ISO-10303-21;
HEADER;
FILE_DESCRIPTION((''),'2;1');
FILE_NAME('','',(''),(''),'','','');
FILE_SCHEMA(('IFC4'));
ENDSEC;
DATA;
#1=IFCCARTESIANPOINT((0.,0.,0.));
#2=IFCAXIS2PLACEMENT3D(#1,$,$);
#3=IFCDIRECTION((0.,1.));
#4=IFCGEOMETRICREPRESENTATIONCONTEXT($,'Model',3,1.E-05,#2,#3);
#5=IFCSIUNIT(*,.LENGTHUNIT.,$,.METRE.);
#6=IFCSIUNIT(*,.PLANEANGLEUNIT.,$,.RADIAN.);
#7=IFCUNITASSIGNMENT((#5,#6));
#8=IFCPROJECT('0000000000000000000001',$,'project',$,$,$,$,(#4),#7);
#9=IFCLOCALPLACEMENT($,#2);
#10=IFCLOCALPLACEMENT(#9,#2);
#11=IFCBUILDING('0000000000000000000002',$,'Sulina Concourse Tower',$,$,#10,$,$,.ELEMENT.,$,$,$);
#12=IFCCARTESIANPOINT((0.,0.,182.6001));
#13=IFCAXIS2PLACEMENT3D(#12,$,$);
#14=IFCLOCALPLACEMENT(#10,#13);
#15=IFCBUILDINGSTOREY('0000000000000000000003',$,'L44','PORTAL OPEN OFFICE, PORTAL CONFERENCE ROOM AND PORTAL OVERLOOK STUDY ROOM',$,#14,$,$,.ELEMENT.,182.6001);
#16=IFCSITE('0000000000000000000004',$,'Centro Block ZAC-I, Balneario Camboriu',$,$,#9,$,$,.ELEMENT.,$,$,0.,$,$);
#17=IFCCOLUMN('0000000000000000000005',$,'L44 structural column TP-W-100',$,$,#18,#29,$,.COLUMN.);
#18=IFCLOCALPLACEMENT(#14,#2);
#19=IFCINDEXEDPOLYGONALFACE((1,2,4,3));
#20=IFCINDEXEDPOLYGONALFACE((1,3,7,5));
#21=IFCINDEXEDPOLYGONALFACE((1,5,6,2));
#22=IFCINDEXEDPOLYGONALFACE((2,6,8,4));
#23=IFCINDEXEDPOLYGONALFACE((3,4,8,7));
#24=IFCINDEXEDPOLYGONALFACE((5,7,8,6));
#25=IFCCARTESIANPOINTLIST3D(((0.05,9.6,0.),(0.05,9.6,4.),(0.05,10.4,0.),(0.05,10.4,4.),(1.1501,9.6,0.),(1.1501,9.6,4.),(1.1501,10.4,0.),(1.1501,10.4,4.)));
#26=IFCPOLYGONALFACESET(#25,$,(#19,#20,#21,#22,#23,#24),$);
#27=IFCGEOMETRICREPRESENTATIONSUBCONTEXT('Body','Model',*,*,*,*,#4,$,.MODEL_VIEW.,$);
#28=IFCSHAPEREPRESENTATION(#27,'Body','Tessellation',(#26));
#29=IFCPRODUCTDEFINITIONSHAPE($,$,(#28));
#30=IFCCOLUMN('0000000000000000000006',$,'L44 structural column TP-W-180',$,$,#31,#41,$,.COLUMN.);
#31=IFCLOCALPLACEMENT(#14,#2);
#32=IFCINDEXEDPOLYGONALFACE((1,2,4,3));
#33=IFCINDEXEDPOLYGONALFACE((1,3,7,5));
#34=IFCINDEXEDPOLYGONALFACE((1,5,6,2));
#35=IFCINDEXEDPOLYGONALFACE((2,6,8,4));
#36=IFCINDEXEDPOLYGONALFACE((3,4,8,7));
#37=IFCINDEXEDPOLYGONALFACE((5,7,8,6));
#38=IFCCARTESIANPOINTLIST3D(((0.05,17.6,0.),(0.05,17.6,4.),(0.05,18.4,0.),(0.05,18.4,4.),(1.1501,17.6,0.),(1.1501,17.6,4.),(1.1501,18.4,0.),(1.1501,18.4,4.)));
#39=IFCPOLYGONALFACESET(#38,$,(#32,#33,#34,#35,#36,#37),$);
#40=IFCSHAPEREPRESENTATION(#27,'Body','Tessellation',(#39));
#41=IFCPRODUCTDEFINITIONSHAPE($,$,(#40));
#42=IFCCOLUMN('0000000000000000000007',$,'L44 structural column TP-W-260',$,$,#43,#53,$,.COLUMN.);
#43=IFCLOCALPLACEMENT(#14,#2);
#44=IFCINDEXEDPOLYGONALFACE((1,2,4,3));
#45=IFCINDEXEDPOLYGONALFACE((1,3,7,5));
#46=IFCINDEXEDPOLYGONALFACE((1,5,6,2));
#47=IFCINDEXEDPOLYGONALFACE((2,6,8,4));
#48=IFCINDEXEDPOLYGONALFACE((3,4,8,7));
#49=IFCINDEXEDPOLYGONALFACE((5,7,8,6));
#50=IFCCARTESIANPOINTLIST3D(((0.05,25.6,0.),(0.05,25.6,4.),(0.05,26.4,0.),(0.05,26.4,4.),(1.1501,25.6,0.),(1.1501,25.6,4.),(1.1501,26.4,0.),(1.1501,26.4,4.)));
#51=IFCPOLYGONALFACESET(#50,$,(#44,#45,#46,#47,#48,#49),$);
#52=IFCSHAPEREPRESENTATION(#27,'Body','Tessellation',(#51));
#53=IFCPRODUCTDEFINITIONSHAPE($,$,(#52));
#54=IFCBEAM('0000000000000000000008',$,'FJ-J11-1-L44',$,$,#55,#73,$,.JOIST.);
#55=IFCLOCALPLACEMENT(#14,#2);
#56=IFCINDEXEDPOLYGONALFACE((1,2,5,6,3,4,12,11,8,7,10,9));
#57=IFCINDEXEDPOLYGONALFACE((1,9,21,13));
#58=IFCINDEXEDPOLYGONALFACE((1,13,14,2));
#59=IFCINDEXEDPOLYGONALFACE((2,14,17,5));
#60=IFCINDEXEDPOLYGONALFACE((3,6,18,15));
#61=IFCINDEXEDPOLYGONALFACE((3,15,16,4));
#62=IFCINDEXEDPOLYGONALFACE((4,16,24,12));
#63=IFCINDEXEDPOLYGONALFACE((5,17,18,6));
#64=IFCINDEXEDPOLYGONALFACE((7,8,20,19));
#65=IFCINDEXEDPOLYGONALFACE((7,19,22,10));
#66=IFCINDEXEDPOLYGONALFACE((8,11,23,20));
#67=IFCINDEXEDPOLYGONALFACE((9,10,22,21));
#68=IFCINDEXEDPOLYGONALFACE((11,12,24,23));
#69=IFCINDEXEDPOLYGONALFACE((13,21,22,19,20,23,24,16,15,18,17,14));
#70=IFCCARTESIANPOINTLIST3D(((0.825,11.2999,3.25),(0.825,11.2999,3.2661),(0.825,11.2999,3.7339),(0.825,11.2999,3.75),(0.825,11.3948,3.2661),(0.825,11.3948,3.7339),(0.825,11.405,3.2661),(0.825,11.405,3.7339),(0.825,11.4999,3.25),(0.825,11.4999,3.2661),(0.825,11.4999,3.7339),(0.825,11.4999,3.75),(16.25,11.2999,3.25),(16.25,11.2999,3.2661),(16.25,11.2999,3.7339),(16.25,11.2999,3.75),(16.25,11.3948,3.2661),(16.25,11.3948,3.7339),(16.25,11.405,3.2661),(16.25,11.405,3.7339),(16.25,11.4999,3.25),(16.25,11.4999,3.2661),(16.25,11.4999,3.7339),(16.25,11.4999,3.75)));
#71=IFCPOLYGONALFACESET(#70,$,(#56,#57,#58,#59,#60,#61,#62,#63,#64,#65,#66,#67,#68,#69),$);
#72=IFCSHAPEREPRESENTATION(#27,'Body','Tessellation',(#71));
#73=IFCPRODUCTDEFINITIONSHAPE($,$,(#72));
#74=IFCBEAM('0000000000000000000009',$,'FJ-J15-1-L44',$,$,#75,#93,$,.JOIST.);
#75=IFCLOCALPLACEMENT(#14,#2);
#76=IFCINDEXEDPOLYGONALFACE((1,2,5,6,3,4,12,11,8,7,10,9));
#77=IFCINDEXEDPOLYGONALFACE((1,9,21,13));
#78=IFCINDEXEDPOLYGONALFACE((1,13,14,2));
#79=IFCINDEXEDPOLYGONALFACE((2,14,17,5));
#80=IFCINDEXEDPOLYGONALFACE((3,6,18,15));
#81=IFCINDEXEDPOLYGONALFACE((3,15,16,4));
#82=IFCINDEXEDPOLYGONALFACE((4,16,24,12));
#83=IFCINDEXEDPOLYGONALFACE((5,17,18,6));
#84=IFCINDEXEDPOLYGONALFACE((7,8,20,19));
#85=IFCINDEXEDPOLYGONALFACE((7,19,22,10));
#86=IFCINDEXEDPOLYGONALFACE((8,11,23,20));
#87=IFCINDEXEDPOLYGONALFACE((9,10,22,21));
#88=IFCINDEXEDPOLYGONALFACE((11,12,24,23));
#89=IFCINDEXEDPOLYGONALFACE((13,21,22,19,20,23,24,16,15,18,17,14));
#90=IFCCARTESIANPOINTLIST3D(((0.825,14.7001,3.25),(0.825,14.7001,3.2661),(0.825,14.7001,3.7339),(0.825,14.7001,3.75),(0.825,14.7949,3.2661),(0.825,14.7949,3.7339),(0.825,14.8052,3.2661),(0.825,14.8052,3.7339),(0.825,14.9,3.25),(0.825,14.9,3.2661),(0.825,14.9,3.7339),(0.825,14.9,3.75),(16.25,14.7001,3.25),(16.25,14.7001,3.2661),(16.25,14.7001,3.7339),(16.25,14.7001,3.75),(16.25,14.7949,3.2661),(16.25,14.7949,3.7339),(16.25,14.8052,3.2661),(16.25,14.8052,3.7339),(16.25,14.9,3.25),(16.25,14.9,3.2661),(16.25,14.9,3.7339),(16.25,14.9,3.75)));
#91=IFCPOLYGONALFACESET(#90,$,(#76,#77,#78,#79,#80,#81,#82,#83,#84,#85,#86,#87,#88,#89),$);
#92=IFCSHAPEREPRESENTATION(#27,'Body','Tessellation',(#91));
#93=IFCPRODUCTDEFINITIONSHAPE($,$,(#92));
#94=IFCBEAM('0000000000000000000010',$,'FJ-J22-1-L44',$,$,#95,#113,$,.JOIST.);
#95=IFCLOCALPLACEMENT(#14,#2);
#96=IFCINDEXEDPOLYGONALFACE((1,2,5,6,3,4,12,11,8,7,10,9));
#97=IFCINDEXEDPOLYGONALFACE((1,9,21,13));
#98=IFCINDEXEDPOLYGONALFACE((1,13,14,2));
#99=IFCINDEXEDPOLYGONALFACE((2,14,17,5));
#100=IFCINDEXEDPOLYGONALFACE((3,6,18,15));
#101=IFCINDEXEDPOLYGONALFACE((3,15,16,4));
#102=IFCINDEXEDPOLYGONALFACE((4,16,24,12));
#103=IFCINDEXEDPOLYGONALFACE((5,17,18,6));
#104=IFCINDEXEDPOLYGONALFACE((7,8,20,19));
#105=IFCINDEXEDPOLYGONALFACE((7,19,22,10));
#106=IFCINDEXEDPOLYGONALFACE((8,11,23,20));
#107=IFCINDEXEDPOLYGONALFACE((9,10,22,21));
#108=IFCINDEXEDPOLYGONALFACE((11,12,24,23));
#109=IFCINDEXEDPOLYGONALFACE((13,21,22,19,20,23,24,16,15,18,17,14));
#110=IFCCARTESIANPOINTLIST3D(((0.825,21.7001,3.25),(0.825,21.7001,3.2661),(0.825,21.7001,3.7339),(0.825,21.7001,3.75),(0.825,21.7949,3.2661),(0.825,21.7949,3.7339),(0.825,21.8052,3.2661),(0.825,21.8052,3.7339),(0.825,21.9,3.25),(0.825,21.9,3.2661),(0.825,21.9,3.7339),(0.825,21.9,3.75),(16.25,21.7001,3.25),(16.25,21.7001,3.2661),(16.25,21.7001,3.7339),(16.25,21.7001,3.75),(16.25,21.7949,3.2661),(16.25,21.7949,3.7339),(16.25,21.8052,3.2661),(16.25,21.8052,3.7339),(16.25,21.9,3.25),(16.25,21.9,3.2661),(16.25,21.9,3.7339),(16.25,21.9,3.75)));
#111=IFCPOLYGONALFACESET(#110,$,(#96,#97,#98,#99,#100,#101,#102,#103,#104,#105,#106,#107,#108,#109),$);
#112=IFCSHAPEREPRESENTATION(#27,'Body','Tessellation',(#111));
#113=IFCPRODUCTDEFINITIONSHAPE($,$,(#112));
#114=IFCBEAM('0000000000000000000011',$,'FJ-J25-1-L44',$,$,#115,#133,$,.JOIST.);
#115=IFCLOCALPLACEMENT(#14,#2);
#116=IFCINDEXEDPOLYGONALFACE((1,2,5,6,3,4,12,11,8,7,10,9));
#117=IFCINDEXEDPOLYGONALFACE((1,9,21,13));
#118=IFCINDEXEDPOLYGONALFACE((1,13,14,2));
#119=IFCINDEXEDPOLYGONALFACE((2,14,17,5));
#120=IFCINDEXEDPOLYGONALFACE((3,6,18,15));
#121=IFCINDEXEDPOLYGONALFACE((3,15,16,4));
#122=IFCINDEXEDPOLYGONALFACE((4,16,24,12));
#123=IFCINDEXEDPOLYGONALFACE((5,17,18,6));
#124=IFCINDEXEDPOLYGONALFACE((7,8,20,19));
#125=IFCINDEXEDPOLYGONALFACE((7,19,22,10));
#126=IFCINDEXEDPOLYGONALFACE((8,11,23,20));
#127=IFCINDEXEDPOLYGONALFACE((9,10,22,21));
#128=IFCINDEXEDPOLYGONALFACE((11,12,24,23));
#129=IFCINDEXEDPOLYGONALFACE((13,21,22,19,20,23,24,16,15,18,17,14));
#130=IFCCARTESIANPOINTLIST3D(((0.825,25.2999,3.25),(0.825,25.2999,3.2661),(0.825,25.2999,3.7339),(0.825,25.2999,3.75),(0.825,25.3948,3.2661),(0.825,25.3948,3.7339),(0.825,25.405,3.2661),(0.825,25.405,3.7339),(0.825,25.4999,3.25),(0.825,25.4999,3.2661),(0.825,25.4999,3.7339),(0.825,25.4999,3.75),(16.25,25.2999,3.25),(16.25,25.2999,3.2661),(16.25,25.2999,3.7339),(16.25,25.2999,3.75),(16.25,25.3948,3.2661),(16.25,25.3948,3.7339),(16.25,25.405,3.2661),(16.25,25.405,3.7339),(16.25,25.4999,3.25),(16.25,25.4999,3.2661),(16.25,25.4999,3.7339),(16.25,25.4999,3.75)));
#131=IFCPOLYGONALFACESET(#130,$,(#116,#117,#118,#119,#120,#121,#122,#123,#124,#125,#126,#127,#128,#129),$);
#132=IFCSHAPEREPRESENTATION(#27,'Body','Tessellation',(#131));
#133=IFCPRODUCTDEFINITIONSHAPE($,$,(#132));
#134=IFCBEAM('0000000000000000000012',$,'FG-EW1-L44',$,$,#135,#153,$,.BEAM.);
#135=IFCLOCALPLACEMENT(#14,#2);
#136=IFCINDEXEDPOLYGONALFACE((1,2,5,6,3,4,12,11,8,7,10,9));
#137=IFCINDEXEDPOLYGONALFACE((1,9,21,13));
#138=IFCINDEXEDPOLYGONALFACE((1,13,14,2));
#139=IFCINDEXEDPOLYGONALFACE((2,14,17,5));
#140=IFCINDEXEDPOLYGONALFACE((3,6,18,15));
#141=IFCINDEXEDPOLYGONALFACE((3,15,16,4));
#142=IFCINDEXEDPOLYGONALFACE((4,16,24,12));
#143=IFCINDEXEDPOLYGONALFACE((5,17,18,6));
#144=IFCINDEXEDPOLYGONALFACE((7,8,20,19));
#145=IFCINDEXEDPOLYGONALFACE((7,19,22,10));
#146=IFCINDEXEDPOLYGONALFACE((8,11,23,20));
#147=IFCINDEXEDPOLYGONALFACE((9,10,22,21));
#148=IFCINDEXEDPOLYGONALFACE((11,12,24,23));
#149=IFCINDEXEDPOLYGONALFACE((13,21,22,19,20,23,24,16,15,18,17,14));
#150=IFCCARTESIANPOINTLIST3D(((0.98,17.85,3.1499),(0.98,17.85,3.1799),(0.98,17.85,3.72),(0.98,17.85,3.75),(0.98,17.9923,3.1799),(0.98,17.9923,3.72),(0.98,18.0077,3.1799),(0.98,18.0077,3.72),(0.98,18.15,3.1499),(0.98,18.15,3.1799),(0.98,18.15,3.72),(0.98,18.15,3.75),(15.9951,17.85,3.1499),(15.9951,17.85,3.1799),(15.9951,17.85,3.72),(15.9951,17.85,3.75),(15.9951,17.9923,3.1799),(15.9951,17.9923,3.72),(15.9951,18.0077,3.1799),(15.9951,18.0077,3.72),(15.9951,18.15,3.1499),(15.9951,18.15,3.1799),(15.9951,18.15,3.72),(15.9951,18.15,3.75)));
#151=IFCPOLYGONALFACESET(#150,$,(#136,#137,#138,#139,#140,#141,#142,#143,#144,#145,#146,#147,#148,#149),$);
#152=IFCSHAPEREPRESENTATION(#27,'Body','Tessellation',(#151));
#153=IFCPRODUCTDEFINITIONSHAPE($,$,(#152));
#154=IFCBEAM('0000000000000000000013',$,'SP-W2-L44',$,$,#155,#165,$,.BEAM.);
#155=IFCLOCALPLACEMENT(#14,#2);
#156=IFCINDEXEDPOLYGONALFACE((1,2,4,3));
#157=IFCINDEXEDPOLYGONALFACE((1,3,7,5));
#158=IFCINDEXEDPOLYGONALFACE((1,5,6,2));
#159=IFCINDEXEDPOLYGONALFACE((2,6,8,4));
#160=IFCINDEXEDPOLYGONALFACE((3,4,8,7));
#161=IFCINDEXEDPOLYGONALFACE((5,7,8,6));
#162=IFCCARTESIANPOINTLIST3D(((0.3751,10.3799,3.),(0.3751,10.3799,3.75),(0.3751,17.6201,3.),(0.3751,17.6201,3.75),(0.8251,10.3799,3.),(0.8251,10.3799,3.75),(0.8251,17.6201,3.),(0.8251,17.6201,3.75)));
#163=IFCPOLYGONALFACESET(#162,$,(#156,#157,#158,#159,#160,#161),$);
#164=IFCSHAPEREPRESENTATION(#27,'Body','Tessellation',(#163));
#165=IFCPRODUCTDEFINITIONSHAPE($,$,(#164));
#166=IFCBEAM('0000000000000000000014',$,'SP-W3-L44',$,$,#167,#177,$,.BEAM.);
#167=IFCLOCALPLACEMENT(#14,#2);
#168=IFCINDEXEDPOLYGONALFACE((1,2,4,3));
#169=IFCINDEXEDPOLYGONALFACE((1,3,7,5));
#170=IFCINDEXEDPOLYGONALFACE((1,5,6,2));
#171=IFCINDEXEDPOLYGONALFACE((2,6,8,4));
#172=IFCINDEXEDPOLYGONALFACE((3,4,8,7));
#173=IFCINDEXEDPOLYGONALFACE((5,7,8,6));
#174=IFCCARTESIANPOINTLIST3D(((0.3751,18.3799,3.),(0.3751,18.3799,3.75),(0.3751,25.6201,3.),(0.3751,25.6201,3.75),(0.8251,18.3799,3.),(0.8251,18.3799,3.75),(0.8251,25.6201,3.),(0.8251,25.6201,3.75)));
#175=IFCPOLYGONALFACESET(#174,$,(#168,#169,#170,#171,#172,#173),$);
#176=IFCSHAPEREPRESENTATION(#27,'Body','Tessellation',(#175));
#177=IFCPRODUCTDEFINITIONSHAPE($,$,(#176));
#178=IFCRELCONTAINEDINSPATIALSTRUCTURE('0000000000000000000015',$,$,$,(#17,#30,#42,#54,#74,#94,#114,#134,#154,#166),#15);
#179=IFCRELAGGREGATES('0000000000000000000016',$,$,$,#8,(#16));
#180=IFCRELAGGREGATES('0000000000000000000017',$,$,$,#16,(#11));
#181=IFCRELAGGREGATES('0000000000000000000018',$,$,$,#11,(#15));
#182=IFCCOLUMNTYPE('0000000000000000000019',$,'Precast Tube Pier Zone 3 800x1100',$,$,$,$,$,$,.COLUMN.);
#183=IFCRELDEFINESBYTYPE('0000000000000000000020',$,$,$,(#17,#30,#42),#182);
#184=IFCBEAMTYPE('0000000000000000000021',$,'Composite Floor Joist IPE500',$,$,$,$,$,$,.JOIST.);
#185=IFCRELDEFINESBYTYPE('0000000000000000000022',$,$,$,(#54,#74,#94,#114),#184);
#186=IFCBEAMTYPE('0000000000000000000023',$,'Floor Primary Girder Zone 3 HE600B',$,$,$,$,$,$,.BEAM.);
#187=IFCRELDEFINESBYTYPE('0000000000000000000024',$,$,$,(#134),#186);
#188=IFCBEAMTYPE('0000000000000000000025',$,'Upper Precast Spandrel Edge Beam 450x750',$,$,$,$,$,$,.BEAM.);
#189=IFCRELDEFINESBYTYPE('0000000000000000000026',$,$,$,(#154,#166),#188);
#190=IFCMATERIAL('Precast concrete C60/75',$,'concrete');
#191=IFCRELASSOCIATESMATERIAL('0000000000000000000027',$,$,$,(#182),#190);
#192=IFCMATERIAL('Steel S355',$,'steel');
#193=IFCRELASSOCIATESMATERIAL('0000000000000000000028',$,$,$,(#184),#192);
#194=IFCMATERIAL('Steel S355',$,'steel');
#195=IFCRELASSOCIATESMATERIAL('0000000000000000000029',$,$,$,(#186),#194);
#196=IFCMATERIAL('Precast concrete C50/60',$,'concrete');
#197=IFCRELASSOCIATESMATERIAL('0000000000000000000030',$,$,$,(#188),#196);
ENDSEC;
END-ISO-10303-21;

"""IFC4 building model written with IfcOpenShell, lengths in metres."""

from ifc_helpers import new_model, si_unit, direction, frame, origin, origin_2d, place, context, subcontext, project, spatial, rectangle, i_section, extrude, material, material_profile, profile_set, type_object, element, save


model = new_model("IFC4")

# Units and contexts
model_context = context("Model", 3, precision=1e-05, world=origin(), true_north=direction((0.0, 1.0)))
body_context = subcontext(model_context, "Body", "Model", "MODEL_VIEW")
ifc_project = project(units=[si_unit("LENGTHUNIT", "METRE"), si_unit("PLANEANGLEUNIT", "RADIAN")], contexts=[model_context])

# Site, building, storey
site_placement = place(None, origin())
site = spatial("IfcSite", under=ifc_project, at=site_placement, Name="Centro Block ZAC-I, Balneario Camboriu", CompositionType="ELEMENT", RefElevation=0.0)
building_placement = place(site_placement, origin())
building = spatial("IfcBuilding", under=site, at=building_placement, Name="Sulina Concourse Tower", CompositionType="ELEMENT")
storey_placement = place(building_placement, frame((0.0, 0.0, 182.6001)))
storey = spatial("IfcBuildingStorey", under=building, at=storey_placement, Name="L44", Description="PORTAL OPEN OFFICE, PORTAL CONFERENCE ROOM AND PORTAL OVERLOOK STUDY ROOM", CompositionType="ELEMENT", Elevation=182.6001)

# Columns
ifc_material_1 = material(Name="Precast concrete C60/75", Category="concrete")
ifc_material_profile_1 = material_profile(ifc_material_1, rectangle(XDim=0.8, YDim=1.1001, at=origin_2d()), Name="PC 800x1100")
ifc_profile_set_1 = profile_set([ifc_material_profile_1], Name="Precast concrete C60/75")
column_type = type_object("IfcColumnType", Name="Precast Tube Pier Zone 3 800x1100", PredefinedType="COLUMN", material=ifc_profile_set_1)
for number, where, z_axis, x_axis, name in (
    (1, (0.6001, 10.0, 0.0), (0.0, 0.0, 1.0), (0.0, 1.0, 0.0), "L44 structural column TP-W-100"),
    (2, (0.6001, 18.0, 0.0), (0.0, 0.0, 1.0), (0.0, 1.0, 0.0), "L44 structural column TP-W-180"),
    (3, (0.6001, 26.0, 0.0), (0.0, 0.0, 1.0), (0.0, 1.0, 0.0), "L44 structural column TP-W-260"),
):
    element("IfcColumn", number, at=place(storey_placement, frame(where, z_axis=z_axis, x_axis=x_axis)), inside=storey, type_object=column_type, Name=name, PredefinedType="COLUMN", context=body_context, shape_type="SweptSolid", body=[
        extrude(rectangle(XDim=0.8, YDim=1.1001, at=origin_2d()), origin(), (0.0, 0.0, 1.0), 4.0),
    ])

# Beams
ifc_material_2 = material(Name="Steel S355", Category="steel")
ifc_material_profile_2 = material_profile(ifc_material_2, i_section(OverallWidth=0.2, OverallDepth=0.5, WebThickness=0.0103, FlangeThickness=0.0161, at=origin_2d()), Name="IPE 500")
ifc_profile_set_2 = profile_set([ifc_material_profile_2], Name="Steel S355")
beam_type_1 = type_object("IfcBeamType", Name="Composite Floor Joist IPE500", PredefinedType="JOIST", material=ifc_profile_set_2)
for number, where, z_axis, x_axis, name in (
    (4, (0.825, 11.3999, 3.5), (1.0, 0.0, 0.0), (0.0, 1.0, 0.0), "FJ-J11-1-L44"),
    (5, (0.825, 14.8, 3.5), (1.0, 0.0, 0.0), (0.0, 1.0, 0.0), "FJ-J15-1-L44"),
    (6, (0.825, 21.8, 3.5), (1.0, 0.0, 0.0), (0.0, 1.0, 0.0), "FJ-J22-1-L44"),
    (7, (0.825, 25.3999, 3.5), (1.0, 0.0, 0.0), (0.0, 1.0, 0.0), "FJ-J25-1-L44"),
):
    element("IfcBeam", number, at=place(storey_placement, frame(where, z_axis=z_axis, x_axis=x_axis)), inside=storey, type_object=beam_type_1, Name=name, PredefinedType="JOIST", context=body_context, shape_type="SweptSolid", body=[
        extrude(i_section(OverallWidth=0.2, OverallDepth=0.5, WebThickness=0.0103, FlangeThickness=0.0161, at=origin_2d()), origin(), (0.0, 0.0, 1.0), 15.425),
    ])
ifc_material_3 = material(Name="Steel S355", Category="steel")
ifc_material_profile_3 = material_profile(ifc_material_3, i_section(OverallWidth=0.3, OverallDepth=0.6001, WebThickness=0.0154, FlangeThickness=0.03, at=origin_2d()), Name="HE 600 B")
ifc_profile_set_3 = profile_set([ifc_material_profile_3], Name="Steel S355")
beam_type_2 = type_object("IfcBeamType", Name="Floor Primary Girder Zone 3 HE600B", PredefinedType="BEAM", material=ifc_profile_set_3)
beam_placement = place(storey_placement, frame((0.98, 18.0, 3.45), z_axis=(1.0, 0.0, 0.0), x_axis=(0.0, 1.0, 0.0)))
element("IfcBeam", 8, at=beam_placement, inside=storey, type_object=beam_type_2, Name="FG-EW1-L44", PredefinedType="BEAM", context=body_context, shape_type="SweptSolid", body=[
    extrude(i_section(OverallWidth=0.3, OverallDepth=0.6001, WebThickness=0.0154, FlangeThickness=0.03, at=origin_2d()), origin(), (0.0, 0.0, 1.0), 15.0151),
])
ifc_material_4 = material(Name="Precast concrete C50/60", Category="concrete")
ifc_material_profile_4 = material_profile(ifc_material_4, rectangle(XDim=0.45, YDim=0.75, at=origin_2d()), Name="RC 450x750")
ifc_profile_set_4 = profile_set([ifc_material_profile_4], Name="Precast concrete C50/60")
beam_type_3 = type_object("IfcBeamType", Name="Upper Precast Spandrel Edge Beam 450x750", PredefinedType="BEAM", material=ifc_profile_set_4)
for number, where, z_axis, x_axis, name in (
    (9, (0.6001, 10.3799, 3.375), (0.0, 1.0, 0.0), (-1.0, 0.0, 0.0), "SP-W2-L44"),
    (10, (0.6001, 18.3799, 3.375), (0.0, 1.0, 0.0), (-1.0, 0.0, 0.0), "SP-W3-L44"),
):
    element("IfcBeam", number, at=place(storey_placement, frame(where, z_axis=z_axis, x_axis=x_axis)), inside=storey, type_object=beam_type_3, Name=name, PredefinedType="BEAM", context=body_context, shape_type="SweptSolid", body=[
        extrude(rectangle(XDim=0.45, YDim=0.75, at=origin_2d()), origin(), (0.0, 0.0, 1.0), 7.2402),
    ])

save(model, "model.ifc")
